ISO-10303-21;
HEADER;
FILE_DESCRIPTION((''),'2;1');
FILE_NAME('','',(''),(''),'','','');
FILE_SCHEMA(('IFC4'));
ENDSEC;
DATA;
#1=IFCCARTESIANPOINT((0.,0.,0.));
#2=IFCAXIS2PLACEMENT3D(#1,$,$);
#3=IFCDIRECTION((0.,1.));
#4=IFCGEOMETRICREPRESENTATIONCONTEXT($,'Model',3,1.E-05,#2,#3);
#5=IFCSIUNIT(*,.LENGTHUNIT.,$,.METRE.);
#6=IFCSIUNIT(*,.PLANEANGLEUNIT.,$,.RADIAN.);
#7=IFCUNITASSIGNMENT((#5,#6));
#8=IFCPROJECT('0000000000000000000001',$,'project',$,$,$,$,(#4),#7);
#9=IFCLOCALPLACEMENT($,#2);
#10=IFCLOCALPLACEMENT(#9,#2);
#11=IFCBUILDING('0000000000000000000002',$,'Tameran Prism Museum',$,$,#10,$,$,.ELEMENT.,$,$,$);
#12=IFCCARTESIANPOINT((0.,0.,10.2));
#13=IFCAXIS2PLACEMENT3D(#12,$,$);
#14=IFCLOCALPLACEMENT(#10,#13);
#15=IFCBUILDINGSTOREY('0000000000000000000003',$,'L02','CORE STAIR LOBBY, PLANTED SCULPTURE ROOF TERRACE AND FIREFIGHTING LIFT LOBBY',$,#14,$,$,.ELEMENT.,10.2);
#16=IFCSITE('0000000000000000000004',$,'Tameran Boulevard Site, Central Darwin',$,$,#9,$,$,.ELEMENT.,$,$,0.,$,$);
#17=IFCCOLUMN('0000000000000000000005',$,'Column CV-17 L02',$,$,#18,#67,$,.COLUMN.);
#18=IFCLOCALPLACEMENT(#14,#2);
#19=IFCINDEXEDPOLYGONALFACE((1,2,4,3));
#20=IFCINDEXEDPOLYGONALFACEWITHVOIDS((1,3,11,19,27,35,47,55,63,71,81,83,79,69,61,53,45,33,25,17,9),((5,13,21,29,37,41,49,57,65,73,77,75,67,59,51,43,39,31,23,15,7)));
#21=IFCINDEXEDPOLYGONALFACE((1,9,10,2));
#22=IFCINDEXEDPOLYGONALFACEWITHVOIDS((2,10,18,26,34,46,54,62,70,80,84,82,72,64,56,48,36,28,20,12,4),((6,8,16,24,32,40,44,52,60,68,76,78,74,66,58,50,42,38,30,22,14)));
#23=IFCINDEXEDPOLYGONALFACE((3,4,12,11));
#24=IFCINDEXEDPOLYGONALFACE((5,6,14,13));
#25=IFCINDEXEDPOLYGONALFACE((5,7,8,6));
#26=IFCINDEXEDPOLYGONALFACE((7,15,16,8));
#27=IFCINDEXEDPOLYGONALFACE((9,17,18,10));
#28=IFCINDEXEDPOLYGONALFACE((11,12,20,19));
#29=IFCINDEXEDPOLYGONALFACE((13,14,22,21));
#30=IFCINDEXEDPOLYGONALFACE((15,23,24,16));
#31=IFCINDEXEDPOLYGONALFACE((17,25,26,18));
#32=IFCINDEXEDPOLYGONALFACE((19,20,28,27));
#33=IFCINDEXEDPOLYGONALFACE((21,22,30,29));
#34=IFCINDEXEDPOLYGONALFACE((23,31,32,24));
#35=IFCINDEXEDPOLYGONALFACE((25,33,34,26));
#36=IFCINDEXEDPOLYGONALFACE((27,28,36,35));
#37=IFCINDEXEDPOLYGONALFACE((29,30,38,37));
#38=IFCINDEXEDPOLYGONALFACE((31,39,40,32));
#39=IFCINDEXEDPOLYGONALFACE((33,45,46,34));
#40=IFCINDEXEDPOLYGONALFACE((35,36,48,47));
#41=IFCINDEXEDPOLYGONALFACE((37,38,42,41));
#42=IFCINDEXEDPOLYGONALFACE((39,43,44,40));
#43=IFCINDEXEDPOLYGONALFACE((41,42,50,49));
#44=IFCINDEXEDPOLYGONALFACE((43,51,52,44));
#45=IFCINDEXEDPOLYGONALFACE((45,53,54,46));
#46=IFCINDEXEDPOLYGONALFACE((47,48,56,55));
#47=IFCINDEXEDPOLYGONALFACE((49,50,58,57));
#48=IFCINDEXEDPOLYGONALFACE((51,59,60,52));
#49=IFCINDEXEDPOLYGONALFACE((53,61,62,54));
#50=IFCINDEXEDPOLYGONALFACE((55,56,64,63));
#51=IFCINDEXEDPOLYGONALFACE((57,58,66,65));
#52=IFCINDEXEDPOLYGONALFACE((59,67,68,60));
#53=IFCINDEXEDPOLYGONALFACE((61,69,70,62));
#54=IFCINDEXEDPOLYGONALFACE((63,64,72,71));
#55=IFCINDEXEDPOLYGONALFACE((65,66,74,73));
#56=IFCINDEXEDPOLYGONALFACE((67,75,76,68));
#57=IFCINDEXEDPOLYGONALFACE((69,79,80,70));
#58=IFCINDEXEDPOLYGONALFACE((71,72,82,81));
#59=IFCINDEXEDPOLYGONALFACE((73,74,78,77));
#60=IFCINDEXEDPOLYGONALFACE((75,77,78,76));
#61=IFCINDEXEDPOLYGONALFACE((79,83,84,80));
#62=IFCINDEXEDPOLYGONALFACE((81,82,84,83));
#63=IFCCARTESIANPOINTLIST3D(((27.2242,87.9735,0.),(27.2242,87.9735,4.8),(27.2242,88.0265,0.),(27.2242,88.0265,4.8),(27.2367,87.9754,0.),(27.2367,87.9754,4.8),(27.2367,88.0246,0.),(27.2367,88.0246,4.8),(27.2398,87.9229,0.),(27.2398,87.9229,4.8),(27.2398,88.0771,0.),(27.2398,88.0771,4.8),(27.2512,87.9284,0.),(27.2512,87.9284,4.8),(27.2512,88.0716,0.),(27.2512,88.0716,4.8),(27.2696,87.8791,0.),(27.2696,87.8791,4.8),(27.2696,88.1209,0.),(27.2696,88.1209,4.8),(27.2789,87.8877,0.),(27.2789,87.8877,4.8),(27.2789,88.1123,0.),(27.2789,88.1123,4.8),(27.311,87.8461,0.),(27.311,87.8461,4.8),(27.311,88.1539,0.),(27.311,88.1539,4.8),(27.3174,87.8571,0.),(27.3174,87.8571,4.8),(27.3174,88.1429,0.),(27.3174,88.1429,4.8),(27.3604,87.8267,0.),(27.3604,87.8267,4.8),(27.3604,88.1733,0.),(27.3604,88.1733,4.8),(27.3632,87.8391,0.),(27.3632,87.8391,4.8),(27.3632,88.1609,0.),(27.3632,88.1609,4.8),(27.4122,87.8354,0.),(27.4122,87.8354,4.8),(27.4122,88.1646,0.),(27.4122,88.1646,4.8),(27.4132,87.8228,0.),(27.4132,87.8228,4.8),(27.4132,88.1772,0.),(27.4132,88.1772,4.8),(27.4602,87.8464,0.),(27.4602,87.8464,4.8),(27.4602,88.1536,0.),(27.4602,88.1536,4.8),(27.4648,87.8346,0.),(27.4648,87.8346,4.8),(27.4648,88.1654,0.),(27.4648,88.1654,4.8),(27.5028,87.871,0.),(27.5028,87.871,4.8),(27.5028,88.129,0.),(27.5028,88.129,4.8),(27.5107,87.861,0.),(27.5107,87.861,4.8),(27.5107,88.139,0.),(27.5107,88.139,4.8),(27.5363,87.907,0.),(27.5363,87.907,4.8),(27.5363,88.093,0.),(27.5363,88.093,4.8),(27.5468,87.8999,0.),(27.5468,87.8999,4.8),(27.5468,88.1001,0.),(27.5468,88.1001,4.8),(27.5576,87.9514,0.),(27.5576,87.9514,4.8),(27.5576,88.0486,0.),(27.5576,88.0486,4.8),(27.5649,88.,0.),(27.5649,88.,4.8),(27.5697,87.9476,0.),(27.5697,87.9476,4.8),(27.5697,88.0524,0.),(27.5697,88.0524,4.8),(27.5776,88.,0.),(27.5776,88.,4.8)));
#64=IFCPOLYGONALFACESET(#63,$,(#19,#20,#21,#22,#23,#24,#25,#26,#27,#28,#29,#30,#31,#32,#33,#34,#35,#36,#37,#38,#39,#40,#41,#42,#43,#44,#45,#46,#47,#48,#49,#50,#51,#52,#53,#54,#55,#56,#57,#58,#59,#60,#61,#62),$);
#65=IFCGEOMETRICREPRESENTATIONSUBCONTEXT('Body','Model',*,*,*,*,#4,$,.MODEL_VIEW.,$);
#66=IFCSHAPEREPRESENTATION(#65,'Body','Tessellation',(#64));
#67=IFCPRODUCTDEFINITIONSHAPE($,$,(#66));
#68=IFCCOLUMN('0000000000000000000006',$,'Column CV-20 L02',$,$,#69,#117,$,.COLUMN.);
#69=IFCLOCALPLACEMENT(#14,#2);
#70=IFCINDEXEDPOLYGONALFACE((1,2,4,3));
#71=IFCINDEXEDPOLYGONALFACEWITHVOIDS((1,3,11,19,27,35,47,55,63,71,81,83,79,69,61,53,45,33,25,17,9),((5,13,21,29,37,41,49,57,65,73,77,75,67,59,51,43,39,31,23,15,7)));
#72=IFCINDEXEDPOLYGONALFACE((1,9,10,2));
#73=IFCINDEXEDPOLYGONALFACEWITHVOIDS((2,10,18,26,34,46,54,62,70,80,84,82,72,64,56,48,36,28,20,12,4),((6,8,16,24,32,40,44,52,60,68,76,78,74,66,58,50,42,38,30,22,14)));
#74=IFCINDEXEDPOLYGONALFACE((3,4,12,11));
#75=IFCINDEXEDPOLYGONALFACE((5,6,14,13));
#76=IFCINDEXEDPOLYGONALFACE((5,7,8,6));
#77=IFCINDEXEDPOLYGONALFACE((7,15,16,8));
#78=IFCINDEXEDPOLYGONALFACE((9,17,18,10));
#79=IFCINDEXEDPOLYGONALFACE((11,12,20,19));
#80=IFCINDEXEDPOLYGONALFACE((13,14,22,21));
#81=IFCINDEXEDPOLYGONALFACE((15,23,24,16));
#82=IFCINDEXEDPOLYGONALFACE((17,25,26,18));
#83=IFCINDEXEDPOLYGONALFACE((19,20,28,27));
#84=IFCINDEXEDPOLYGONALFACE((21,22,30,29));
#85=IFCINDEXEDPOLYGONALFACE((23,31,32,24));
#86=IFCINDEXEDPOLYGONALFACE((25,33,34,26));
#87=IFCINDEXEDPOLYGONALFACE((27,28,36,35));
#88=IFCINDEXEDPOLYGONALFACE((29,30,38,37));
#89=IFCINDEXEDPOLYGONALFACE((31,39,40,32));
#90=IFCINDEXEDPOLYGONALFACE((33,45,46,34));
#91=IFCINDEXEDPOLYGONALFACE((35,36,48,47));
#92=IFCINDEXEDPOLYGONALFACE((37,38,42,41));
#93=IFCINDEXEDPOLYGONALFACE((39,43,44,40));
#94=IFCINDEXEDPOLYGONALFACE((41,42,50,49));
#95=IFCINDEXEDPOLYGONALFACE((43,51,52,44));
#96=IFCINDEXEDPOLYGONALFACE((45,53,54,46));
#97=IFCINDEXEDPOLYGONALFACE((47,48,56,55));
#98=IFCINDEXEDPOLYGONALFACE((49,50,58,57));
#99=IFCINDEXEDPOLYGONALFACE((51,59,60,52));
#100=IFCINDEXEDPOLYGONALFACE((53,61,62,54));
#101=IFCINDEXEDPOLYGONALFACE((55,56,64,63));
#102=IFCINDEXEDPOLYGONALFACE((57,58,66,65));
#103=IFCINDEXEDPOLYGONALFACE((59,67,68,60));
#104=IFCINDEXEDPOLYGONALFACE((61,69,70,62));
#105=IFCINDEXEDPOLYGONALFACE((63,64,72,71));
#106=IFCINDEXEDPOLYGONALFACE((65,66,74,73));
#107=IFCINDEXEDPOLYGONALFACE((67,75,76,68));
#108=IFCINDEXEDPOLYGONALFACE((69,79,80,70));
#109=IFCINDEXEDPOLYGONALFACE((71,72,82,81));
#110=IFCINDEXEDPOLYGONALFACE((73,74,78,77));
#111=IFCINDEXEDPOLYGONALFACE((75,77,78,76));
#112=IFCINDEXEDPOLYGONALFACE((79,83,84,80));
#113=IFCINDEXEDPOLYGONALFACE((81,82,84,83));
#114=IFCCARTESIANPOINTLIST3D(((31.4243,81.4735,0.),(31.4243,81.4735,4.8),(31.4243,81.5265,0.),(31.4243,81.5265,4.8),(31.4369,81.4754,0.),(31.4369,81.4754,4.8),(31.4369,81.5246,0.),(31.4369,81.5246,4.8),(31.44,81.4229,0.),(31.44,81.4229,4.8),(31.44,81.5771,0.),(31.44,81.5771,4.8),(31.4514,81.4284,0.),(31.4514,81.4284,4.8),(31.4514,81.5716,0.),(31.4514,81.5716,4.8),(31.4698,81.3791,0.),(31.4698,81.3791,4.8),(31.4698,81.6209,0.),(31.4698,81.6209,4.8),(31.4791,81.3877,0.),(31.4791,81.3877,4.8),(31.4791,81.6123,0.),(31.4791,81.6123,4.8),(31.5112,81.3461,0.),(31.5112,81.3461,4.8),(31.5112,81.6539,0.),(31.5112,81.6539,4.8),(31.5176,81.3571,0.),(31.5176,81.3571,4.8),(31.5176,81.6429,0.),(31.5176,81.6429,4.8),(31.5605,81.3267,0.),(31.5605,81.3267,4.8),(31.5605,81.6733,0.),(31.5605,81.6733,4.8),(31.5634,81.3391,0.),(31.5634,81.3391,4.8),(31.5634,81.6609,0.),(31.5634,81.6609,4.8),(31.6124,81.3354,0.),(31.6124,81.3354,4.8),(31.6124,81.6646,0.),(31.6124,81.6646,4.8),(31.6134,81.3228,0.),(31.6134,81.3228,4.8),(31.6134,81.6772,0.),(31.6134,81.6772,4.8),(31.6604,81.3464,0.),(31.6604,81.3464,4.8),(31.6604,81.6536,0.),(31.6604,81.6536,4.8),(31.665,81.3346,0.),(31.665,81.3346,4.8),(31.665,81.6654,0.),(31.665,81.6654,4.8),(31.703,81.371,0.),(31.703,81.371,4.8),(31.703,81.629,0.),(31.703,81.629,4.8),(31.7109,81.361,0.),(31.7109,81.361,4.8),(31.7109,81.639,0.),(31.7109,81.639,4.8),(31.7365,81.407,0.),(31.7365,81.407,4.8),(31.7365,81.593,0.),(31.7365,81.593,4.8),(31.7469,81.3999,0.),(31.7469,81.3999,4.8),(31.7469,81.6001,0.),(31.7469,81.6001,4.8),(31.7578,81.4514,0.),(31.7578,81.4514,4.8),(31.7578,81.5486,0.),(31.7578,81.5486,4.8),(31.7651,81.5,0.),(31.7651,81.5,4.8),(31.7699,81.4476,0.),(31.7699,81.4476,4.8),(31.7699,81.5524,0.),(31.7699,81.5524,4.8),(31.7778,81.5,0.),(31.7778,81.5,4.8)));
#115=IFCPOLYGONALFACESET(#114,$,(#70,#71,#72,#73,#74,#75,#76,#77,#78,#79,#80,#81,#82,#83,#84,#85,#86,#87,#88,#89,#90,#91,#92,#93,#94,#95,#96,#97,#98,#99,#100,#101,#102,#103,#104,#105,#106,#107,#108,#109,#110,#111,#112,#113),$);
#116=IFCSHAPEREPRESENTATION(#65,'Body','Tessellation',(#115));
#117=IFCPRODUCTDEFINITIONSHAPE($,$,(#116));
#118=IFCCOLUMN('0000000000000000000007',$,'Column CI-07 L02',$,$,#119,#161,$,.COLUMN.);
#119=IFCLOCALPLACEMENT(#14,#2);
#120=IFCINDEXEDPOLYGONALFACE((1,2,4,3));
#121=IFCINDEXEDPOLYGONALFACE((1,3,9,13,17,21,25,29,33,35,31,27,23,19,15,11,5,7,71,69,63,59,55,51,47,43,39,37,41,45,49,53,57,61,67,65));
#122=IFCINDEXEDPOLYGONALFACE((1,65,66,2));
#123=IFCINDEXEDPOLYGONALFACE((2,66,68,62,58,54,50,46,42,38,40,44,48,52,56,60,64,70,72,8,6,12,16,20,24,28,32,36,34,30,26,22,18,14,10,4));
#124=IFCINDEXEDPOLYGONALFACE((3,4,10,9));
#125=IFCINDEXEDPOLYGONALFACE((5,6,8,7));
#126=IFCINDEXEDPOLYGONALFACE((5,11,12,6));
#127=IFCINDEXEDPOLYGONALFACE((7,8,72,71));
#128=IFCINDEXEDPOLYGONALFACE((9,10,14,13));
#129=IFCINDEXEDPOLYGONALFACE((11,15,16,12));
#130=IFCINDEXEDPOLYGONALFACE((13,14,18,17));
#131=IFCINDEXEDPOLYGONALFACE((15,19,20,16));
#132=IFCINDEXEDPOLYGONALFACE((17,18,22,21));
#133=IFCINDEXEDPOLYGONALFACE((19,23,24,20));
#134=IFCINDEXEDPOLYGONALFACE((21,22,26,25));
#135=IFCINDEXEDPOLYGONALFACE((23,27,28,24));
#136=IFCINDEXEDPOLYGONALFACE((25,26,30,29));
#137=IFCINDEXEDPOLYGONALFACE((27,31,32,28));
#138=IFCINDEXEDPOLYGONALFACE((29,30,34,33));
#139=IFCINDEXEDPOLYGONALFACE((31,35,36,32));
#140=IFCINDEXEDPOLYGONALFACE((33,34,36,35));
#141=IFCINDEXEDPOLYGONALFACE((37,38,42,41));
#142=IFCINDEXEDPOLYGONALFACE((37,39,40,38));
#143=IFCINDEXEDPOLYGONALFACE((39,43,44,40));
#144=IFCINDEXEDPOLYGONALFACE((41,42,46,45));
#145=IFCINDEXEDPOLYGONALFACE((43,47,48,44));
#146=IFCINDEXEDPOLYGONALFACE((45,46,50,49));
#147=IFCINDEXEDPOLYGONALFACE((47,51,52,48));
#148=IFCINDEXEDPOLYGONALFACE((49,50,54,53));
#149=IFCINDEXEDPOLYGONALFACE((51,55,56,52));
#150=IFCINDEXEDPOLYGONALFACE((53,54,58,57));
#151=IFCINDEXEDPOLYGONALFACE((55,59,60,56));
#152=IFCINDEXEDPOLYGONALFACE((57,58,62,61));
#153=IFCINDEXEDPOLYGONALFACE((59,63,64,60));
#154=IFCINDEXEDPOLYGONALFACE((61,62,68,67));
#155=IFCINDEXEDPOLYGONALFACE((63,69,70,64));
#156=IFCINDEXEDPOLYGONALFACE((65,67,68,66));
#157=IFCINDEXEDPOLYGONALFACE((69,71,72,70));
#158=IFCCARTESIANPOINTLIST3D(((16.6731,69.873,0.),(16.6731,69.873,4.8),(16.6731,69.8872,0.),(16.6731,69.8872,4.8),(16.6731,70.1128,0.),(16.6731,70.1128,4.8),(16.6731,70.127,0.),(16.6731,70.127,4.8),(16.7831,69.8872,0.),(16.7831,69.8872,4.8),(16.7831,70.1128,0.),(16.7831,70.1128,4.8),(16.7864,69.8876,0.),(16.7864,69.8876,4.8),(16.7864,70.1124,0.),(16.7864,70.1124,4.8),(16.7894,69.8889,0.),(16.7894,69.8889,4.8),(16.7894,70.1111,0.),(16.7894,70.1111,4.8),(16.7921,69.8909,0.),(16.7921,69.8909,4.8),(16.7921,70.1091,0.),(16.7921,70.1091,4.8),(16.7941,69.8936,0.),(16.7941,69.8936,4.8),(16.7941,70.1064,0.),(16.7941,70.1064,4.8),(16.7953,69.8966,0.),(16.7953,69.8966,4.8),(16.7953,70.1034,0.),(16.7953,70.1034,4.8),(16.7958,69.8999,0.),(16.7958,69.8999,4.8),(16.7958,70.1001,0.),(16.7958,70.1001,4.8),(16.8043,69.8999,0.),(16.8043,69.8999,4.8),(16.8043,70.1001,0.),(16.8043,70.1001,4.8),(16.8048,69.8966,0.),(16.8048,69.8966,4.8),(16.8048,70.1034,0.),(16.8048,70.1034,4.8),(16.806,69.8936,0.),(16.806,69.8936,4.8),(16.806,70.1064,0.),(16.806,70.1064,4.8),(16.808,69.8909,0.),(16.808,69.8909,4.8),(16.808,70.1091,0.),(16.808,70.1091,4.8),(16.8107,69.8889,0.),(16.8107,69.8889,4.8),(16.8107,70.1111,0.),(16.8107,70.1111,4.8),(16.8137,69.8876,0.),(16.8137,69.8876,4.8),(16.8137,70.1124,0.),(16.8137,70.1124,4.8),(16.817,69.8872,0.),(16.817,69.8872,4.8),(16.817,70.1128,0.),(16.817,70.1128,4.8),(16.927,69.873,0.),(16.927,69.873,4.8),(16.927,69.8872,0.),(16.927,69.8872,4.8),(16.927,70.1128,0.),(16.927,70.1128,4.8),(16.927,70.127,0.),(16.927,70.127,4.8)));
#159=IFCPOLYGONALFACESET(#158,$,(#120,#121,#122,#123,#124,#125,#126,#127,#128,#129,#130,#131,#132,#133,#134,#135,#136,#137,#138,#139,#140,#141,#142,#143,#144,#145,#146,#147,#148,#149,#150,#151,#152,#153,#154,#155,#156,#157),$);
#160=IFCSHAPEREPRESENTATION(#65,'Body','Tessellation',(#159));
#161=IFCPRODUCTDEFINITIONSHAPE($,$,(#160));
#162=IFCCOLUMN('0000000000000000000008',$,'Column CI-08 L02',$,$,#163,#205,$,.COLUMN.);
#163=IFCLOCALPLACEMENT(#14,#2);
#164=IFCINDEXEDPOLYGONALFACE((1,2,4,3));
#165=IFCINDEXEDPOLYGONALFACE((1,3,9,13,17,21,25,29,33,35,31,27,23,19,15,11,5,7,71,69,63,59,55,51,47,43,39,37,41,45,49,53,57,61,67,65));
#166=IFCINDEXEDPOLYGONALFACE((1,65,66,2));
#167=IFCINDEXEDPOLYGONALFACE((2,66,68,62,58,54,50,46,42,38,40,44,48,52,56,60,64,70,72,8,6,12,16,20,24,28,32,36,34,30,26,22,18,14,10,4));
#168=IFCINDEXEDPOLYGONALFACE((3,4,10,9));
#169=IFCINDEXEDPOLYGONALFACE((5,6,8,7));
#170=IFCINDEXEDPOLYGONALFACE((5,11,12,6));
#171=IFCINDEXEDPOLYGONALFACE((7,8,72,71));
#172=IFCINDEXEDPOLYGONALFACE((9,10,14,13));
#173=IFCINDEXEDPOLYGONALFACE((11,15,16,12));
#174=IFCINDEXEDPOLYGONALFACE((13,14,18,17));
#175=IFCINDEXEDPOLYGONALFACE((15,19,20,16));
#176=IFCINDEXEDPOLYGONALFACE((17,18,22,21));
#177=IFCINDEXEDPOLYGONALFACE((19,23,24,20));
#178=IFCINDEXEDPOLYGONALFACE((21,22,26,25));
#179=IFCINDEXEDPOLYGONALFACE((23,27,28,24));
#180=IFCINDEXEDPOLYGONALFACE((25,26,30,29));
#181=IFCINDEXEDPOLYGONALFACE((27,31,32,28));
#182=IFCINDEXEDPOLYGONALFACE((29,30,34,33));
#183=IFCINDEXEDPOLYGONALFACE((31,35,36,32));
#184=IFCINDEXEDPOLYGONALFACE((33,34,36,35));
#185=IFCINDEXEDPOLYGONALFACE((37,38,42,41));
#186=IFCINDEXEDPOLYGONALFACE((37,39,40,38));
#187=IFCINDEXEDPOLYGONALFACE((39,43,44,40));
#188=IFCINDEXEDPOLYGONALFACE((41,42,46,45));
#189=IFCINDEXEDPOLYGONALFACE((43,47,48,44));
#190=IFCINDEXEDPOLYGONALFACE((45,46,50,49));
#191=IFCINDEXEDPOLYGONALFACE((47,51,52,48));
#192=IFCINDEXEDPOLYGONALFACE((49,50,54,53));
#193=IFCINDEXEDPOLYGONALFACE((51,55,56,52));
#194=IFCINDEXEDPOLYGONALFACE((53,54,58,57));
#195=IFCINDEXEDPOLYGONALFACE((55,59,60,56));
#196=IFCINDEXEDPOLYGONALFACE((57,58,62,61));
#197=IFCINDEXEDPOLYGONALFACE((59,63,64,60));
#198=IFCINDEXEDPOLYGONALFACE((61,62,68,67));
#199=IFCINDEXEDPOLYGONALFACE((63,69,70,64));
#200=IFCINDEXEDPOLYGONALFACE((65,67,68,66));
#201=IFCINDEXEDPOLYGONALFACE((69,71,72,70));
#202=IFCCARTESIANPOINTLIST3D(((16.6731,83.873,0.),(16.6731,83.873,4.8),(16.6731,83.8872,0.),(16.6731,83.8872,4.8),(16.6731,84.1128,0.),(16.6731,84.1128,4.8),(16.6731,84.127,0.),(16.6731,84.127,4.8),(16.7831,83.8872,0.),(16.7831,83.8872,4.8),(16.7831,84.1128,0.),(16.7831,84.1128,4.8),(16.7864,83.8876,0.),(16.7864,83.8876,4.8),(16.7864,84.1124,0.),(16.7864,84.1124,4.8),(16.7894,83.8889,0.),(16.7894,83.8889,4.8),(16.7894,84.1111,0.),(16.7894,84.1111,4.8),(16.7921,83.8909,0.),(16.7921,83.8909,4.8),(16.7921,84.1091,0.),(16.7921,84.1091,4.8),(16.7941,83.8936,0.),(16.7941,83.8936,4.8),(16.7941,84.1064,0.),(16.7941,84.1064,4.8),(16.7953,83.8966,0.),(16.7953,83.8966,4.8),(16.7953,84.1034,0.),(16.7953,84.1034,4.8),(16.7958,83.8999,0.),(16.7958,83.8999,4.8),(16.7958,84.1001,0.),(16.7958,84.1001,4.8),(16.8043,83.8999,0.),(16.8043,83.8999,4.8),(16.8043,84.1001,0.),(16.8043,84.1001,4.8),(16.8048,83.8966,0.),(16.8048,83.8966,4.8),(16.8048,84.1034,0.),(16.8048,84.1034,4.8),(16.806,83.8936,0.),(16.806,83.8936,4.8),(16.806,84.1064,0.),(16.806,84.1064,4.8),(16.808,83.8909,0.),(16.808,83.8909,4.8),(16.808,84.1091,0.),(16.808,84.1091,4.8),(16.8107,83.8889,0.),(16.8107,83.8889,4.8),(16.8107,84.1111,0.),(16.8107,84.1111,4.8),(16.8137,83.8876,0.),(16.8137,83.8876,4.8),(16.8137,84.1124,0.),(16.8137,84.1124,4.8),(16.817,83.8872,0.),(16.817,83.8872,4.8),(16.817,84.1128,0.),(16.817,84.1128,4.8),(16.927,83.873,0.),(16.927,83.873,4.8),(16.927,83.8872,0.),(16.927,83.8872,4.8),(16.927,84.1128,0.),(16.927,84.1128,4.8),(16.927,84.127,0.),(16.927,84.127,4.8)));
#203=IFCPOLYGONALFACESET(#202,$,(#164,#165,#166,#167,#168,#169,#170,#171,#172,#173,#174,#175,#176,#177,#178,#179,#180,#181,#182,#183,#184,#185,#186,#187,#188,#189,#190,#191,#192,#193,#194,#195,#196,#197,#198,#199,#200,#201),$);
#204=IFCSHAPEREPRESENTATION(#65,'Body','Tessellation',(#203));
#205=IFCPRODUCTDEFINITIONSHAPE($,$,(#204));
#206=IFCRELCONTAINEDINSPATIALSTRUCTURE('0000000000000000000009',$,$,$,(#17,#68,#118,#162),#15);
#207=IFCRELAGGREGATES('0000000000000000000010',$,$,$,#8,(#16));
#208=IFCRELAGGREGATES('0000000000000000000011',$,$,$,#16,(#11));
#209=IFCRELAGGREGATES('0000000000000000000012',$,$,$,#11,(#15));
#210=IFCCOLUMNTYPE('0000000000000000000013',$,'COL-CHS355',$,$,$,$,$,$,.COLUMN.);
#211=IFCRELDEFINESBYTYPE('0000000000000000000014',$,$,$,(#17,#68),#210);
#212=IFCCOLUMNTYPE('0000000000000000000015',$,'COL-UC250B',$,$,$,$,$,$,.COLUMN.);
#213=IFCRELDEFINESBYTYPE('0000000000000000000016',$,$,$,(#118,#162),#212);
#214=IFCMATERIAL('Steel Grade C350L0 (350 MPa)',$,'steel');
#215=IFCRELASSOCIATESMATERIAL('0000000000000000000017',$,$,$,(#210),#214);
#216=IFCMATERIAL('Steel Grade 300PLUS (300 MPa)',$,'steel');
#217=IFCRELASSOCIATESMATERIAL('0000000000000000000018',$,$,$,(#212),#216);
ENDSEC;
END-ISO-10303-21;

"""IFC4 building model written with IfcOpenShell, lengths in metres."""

from ifc_helpers import new_model, si_unit, direction, frame, origin, origin_2d, place, context, subcontext, project, spatial, hollow_circle, i_section, extrude, material, material_profile, profile_set, type_object, element, save


model = new_model("IFC4")

# Units and contexts
model_context = context("Model", 3, precision=1e-05, world=origin(), true_north=direction((0.0, 1.0)))
body_context = subcontext(model_context, "Body", "Model", "MODEL_VIEW")
ifc_project = project(units=[si_unit("LENGTHUNIT", "METRE"), si_unit("PLANEANGLEUNIT", "RADIAN")], contexts=[model_context])

# Site, building, storey
site_placement = place(None, origin())
site = spatial("IfcSite", under=ifc_project, at=site_placement, Name="Tameran Boulevard Site, Central Darwin", CompositionType="ELEMENT", RefElevation=0.0)
building_placement = place(site_placement, origin())
building = spatial("IfcBuilding", under=site, at=building_placement, Name="Tameran Prism Museum", CompositionType="ELEMENT")
storey_placement = place(building_placement, frame((0.0, 0.0, 10.2)))
storey = spatial("IfcBuildingStorey", under=building, at=storey_placement, Name="L02", Description="CORE STAIR LOBBY, PLANTED SCULPTURE ROOF TERRACE AND FIREFIGHTING LIFT LOBBY", CompositionType="ELEMENT", Elevation=10.2)

# Columns
ifc_material_1 = material(Name="Steel Grade C350L0 (350 MPa)", Category="steel")
ifc_material_profile_1 = material_profile(ifc_material_1, hollow_circle(Radius=0.1777, WallThickness=0.0127, at=origin_2d()))
ifc_profile_set_1 = profile_set([ifc_material_profile_1])
column_type_1 = type_object("IfcColumnType", Name="COL-CHS355", PredefinedType="COLUMN", material=ifc_profile_set_1)
for number, where, z_axis, x_axis, name in (
    (1, (27.3999, 88.0, 0.0), (0.0, 0.0, 1.0), (1.0, 0.0, 0.0), "Column CV-17 L02"),
    (2, (31.6001, 81.5, 0.0), (0.0, 0.0, 1.0), (1.0, 0.0, 0.0), "Column CV-20 L02"),
):
    element("IfcColumn", number, at=place(storey_placement, frame(where, z_axis=z_axis, x_axis=x_axis)), inside=storey, type_object=column_type_1, Name=name, PredefinedType="COLUMN", context=body_context, shape_type="SweptSolid", body=[
        extrude(hollow_circle(Radius=0.1777, WallThickness=0.0127, at=origin_2d()), origin(), (0.0, 0.0, 1.0), 4.8),
    ])
ifc_material_2 = material(Name="Steel Grade 300PLUS (300 MPa)", Category="steel")
ifc_material_profile_2 = material_profile(ifc_material_2, i_section(OverallWidth=0.2539, OverallDepth=0.2539, WebThickness=0.0085, FlangeThickness=0.0142, FilletRadius=0.0127, at=origin_2d()))
ifc_profile_set_2 = profile_set([ifc_material_profile_2])
column_type_2 = type_object("IfcColumnType", Name="COL-UC250B", PredefinedType="COLUMN", material=ifc_profile_set_2)
for number, where, z_axis, x_axis, name in (
    (3, (16.8, 70.0, 0.0), (0.0, 0.0, 1.0), (1.0, 0.0, 0.0), "Column CI-07 L02"),
    (4, (16.8, 84.0, 0.0), (0.0, 0.0, 1.0), (1.0, 0.0, 0.0), "Column CI-08 L02"),
):
    element("IfcColumn", number, at=place(storey_placement, frame(where, z_axis=z_axis, x_axis=x_axis)), inside=storey, type_object=column_type_2, Name=name, PredefinedType="COLUMN", context=body_context, shape_type="SweptSolid", body=[
        extrude(i_section(OverallWidth=0.2539, OverallDepth=0.2539, WebThickness=0.0085, FlangeThickness=0.0142, FilletRadius=0.0127, at=origin_2d()), origin(), (0.0, 0.0, 1.0), 4.8),
    ])

save(model, "model.ifc")
